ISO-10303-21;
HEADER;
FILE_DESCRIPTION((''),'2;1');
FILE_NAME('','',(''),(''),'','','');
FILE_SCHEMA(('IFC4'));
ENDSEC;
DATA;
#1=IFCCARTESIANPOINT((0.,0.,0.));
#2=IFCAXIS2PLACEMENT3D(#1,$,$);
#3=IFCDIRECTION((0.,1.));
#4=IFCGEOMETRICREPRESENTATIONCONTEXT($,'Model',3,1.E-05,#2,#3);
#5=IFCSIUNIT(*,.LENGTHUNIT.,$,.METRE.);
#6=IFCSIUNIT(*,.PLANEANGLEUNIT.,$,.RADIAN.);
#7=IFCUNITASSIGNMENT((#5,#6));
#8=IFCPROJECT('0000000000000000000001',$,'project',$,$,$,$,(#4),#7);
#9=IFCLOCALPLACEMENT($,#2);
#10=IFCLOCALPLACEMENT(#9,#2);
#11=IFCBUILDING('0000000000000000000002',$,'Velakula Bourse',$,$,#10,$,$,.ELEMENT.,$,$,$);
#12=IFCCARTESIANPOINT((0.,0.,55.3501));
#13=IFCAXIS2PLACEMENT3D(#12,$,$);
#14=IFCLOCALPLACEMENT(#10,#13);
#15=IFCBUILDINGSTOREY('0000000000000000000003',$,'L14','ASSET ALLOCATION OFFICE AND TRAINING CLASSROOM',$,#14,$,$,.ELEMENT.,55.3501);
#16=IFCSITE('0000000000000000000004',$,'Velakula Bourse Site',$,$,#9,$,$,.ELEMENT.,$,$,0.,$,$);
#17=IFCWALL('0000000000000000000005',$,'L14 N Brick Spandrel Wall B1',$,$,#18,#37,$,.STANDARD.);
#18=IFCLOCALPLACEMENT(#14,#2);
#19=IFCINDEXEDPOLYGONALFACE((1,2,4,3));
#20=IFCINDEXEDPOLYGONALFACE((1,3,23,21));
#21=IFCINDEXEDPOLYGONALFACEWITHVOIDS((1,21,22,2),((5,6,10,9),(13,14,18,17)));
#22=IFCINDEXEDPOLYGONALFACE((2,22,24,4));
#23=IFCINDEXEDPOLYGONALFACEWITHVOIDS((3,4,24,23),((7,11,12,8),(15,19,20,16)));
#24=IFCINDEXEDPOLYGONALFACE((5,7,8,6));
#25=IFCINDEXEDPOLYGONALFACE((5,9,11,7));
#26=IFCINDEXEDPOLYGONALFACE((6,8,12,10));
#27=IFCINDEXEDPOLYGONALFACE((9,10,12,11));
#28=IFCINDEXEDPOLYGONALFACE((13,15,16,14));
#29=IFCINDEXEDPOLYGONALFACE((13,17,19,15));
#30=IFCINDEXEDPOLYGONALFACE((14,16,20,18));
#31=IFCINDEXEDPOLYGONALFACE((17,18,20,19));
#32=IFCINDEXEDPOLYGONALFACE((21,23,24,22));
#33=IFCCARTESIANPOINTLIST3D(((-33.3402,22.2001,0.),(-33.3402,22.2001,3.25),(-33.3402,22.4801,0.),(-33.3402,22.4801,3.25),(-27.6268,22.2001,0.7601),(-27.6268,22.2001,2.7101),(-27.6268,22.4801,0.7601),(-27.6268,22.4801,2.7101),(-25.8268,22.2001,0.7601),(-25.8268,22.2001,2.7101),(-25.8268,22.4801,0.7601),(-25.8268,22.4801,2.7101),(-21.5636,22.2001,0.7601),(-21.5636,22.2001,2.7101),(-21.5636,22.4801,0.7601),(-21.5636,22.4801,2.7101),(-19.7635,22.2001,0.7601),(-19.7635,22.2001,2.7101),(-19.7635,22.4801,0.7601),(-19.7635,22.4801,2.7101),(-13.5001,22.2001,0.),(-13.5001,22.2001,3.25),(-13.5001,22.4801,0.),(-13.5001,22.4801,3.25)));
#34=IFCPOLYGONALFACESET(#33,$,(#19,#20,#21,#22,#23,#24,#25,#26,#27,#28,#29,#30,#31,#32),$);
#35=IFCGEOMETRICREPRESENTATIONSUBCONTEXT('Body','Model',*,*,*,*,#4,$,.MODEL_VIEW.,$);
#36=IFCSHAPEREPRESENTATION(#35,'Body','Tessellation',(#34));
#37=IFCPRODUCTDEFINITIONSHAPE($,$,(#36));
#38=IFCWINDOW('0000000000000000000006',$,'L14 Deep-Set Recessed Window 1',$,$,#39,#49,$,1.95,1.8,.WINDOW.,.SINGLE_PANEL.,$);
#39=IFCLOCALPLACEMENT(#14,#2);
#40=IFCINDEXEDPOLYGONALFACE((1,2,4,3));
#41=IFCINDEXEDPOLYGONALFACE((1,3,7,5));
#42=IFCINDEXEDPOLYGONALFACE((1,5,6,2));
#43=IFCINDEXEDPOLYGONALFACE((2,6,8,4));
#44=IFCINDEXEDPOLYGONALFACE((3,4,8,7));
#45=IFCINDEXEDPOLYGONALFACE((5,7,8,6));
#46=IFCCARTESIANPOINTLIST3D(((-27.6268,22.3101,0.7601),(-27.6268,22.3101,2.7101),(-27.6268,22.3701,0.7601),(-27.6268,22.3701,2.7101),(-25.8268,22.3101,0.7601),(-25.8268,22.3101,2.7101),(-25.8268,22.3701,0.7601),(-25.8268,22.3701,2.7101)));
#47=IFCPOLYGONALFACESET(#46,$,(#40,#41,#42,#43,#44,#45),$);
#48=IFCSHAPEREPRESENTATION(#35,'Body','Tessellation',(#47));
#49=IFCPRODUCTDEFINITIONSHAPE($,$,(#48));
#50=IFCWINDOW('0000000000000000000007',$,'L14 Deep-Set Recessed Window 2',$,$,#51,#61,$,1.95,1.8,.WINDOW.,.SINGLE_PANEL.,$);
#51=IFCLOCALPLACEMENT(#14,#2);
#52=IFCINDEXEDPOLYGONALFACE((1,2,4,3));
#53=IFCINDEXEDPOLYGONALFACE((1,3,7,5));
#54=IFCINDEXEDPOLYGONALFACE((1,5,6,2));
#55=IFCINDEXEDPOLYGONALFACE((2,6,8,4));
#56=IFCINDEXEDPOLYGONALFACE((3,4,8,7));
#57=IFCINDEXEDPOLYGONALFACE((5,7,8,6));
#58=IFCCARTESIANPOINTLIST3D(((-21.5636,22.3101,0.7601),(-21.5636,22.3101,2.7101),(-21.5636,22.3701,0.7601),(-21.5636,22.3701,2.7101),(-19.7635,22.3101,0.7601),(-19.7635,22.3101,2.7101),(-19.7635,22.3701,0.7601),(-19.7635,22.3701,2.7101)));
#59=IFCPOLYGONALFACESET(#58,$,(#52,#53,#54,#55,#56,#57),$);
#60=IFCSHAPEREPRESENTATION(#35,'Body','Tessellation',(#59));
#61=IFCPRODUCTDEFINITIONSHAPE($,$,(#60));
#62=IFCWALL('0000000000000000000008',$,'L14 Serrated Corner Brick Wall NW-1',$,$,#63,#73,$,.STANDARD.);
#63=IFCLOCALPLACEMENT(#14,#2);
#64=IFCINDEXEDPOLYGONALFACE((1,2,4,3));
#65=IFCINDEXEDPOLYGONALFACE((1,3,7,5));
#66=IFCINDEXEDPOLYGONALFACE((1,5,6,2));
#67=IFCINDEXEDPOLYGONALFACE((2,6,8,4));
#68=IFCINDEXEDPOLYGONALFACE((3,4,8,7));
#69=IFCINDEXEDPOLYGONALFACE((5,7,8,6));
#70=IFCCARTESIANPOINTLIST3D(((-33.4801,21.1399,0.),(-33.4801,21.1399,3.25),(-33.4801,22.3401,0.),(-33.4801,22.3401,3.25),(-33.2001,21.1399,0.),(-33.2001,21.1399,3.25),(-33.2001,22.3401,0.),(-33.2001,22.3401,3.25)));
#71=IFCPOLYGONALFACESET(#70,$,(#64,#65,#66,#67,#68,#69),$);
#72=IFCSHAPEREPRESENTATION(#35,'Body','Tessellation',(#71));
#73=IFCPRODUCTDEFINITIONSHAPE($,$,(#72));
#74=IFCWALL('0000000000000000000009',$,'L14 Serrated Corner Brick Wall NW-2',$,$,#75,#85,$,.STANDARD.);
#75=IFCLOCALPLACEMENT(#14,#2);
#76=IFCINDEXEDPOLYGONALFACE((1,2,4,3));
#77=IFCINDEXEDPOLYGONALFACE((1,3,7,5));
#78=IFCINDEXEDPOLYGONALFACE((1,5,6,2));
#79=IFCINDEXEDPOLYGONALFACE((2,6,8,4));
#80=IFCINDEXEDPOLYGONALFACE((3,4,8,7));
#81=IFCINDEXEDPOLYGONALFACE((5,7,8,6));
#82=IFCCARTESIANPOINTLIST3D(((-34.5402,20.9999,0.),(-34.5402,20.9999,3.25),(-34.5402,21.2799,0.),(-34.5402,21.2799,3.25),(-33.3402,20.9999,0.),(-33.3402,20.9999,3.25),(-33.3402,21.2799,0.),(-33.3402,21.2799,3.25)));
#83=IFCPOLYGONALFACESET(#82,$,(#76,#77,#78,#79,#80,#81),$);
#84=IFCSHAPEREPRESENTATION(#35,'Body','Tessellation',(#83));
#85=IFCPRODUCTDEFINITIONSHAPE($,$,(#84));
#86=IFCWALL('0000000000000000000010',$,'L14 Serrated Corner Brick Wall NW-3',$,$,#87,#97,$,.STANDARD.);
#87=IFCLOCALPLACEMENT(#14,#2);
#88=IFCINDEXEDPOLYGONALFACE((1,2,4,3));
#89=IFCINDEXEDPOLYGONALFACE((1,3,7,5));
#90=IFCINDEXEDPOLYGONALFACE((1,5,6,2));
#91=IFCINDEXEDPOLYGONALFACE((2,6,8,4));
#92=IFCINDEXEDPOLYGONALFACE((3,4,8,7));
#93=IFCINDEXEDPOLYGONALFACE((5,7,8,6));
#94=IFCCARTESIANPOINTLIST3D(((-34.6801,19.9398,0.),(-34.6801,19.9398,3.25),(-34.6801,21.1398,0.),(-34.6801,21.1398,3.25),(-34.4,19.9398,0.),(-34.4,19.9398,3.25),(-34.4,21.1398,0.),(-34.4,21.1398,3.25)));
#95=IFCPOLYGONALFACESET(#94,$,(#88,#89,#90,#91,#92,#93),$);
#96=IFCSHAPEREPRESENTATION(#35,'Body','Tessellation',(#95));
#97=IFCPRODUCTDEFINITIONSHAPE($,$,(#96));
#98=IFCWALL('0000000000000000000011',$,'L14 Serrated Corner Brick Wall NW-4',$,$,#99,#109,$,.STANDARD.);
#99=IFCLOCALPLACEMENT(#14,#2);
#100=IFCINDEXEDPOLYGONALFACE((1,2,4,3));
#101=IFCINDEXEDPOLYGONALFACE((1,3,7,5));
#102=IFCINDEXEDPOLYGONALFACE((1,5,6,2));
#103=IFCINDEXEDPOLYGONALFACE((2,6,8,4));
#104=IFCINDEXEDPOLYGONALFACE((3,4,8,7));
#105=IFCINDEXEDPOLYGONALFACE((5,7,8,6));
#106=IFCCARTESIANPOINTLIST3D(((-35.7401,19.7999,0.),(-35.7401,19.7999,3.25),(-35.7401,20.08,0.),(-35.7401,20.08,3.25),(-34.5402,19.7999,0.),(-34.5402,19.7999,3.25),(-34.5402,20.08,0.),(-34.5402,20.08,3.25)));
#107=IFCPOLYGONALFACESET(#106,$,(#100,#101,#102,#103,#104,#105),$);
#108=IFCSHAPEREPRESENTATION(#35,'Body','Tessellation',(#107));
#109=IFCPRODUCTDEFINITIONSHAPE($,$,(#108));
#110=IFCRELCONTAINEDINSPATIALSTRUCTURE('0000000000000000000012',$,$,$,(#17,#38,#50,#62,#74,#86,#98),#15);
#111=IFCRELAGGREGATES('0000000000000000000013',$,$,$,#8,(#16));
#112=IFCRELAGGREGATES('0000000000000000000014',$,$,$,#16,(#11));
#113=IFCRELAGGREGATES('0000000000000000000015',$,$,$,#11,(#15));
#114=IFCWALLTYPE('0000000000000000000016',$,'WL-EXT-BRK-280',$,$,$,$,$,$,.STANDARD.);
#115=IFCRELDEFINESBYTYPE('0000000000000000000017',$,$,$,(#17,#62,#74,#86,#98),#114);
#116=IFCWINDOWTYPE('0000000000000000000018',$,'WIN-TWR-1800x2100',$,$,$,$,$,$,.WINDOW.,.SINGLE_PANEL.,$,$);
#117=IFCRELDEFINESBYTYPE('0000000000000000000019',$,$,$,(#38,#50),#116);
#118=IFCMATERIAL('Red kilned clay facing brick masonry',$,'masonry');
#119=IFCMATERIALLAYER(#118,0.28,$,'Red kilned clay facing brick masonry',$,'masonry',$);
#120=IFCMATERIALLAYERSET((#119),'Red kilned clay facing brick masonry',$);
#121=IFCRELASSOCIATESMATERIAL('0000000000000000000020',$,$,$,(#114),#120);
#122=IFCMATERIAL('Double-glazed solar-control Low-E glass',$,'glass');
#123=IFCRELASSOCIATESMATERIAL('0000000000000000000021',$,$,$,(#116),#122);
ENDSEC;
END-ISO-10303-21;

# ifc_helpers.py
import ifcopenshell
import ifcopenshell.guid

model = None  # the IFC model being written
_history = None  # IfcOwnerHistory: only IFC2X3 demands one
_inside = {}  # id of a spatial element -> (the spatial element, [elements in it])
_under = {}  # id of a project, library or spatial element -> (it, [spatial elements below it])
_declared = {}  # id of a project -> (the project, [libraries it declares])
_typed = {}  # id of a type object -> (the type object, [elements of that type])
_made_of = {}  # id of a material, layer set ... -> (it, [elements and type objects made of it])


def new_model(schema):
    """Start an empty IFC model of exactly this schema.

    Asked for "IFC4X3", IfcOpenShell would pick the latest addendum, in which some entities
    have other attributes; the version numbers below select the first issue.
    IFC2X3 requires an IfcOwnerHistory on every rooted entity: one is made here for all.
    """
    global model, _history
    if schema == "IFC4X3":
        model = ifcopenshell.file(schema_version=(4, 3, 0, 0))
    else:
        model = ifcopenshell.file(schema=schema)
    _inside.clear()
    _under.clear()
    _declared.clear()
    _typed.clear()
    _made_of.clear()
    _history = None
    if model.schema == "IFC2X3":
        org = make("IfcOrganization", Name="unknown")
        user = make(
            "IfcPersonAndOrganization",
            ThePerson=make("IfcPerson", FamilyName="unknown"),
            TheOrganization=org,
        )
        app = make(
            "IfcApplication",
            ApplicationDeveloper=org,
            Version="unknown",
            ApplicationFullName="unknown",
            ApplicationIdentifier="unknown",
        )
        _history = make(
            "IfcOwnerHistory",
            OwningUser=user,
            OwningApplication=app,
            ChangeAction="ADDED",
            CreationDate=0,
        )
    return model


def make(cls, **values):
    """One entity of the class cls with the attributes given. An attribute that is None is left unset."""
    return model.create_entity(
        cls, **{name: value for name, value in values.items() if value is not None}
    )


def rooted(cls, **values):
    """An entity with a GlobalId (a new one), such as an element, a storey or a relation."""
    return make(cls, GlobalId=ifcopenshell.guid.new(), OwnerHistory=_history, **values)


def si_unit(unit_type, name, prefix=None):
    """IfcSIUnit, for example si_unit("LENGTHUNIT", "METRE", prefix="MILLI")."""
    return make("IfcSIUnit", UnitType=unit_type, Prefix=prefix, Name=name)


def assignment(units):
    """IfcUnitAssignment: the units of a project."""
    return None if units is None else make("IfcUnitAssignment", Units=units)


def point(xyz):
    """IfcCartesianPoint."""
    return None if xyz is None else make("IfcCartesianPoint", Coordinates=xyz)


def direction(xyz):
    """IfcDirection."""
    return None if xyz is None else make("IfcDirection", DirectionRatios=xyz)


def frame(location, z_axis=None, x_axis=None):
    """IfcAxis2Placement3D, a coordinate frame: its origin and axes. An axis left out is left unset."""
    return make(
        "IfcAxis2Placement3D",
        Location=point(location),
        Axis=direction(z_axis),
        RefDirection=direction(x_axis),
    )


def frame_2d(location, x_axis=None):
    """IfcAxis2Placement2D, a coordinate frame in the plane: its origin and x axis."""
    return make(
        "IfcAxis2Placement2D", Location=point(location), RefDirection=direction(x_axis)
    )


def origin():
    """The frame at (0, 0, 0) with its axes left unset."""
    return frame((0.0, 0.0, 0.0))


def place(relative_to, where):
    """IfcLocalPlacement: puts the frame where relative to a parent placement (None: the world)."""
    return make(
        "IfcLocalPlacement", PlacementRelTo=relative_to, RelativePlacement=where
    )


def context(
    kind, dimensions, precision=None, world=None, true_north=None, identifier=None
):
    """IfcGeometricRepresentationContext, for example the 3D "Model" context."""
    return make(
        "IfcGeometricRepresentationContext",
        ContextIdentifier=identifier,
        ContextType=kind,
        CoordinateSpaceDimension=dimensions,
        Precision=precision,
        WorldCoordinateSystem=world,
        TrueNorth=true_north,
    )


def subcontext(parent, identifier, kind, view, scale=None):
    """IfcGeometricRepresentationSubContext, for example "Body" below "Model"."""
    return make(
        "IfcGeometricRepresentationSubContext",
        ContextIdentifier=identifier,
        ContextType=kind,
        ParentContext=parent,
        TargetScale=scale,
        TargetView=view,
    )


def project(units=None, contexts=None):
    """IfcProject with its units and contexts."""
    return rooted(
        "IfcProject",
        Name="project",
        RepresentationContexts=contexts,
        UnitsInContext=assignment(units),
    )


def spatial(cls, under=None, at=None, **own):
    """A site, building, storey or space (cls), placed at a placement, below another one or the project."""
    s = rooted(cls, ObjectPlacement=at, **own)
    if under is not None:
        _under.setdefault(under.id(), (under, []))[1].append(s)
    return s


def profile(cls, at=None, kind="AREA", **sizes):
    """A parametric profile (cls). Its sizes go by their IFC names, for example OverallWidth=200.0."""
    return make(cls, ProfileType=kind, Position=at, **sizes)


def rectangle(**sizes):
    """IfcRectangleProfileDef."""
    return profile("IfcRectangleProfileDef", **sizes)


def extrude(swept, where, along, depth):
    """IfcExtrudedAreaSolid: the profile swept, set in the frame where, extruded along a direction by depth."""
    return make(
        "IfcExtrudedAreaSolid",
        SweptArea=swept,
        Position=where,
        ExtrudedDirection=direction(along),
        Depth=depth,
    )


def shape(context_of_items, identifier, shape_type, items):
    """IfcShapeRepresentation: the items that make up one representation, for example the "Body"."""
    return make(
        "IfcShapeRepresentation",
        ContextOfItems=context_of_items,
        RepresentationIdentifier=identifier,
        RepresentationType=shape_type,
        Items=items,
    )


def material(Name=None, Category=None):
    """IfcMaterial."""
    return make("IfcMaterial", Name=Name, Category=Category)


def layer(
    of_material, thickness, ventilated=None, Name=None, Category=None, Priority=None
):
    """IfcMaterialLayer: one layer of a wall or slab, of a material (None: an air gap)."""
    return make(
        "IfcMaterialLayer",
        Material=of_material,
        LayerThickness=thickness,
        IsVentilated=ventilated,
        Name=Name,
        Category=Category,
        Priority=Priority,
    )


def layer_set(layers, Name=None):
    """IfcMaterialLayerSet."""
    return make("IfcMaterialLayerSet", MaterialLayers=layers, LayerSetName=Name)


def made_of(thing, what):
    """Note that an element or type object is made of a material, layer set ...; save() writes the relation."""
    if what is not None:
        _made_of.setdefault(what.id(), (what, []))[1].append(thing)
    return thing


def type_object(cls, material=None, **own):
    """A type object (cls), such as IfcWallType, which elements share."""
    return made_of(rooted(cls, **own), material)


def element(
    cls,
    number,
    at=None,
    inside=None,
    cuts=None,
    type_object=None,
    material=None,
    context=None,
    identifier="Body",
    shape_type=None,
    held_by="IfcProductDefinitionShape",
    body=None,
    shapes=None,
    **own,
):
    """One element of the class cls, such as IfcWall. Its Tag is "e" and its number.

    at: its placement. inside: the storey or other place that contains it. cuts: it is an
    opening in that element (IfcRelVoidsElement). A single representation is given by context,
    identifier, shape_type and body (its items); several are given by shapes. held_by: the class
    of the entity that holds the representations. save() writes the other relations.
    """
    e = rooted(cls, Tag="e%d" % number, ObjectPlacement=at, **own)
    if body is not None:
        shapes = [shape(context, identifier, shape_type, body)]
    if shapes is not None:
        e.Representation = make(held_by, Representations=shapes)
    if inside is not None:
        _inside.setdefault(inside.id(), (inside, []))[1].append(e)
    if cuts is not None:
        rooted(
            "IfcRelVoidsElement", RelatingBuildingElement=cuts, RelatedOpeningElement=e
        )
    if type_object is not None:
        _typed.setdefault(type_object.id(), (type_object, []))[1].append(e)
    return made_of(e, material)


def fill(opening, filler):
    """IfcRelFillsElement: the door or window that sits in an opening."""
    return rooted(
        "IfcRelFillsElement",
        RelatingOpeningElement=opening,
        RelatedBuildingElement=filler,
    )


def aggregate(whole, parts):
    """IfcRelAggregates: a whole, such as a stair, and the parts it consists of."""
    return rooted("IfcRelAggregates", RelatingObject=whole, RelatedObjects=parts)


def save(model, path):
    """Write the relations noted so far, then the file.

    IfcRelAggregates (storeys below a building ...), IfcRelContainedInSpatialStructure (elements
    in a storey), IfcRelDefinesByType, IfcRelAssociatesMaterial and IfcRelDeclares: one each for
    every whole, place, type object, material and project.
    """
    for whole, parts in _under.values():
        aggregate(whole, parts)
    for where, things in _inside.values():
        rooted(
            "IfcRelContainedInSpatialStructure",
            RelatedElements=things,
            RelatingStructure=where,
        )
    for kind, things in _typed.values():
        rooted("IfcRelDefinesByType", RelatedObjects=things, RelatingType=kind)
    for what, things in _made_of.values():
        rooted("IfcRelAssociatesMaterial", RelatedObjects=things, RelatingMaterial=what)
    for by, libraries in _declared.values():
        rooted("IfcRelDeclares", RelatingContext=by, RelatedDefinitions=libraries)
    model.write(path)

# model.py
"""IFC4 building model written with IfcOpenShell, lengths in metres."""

from ifc_helpers import new_model, si_unit, direction, frame, frame_2d, origin, place, context, subcontext, project, spatial, rectangle, extrude, material, layer, layer_set, type_object, element, fill, save


model = new_model("IFC4")

# Units and contexts
model_context = context("Model", 3, precision=1e-05, world=origin(), true_north=direction((0.0, 1.0)))
body_context = subcontext(model_context, "Body", "Model", "MODEL_VIEW")
ifc_project = project(units=[si_unit("LENGTHUNIT", "METRE"), si_unit("PLANEANGLEUNIT", "RADIAN")], contexts=[model_context])

# Site, building, storey
site_placement = place(None, origin())
site = spatial("IfcSite", under=ifc_project, at=site_placement, Name="Velakula Bourse Site", CompositionType="ELEMENT", RefElevation=0.0)
building_placement = place(site_placement, origin())
building = spatial("IfcBuilding", under=site, at=building_placement, Name="Velakula Bourse", CompositionType="ELEMENT")
storey_placement = place(building_placement, frame((0.0, 0.0, 55.3501)))
storey = spatial("IfcBuildingStorey", under=building, at=storey_placement, Name="L14", Description="ASSET ALLOCATION OFFICE AND TRAINING CLASSROOM", CompositionType="ELEMENT", Elevation=55.3501)

# Wall, openings, windows
ifc_material_1 = material(Name="Red kilned clay facing brick masonry", Category="masonry")
ifc_layer_1 = layer(ifc_material_1, 0.28, Name="Red kilned clay facing brick masonry", Category="masonry")
ifc_layer_set_1 = layer_set([ifc_layer_1], Name="Red kilned clay facing brick masonry")
wall_type_1 = type_object("IfcWallType", Name="WL-EXT-BRK-280", PredefinedType="STANDARD", material=ifc_layer_set_1)
wall_1_placement = place(storey_placement, frame((-33.3401, 22.3401, 0.0), z_axis=(0.0, 0.0, 1.0), x_axis=(1.0, 0.0, 0.0)))
wall_1 = element("IfcWall", 1, at=wall_1_placement, inside=storey, type_object=wall_type_1, Name="L14 N Brick Spandrel Wall B1", PredefinedType="STANDARD", context=body_context, shape_type="SweptSolid", body=[
    extrude(rectangle(XDim=19.8401, YDim=0.28, at=frame_2d((9.9199, 0.0))), origin(), (0.0, 0.0, 1.0), 3.25),
])
opening_1_placement = place(wall_1_placement, frame((5.7134, 0.0, 0.76)))
opening_1 = element("IfcOpeningElement", 2, at=opening_1_placement, cuts=wall_1, PredefinedType="OPENING", context=body_context, shape_type="SweptSolid", body=[
    extrude(rectangle(XDim=1.8, YDim=1.95, at=frame_2d((0.8999, 0.9751))), frame((0.0, 0.1499, 0.0), z_axis=(0.0, -1.0, 0.0), x_axis=(1.0, 0.0, 0.0)), (0.0, 0.0, 1.0), 0.3),
])
opening_2_placement = place(wall_1_placement, frame((11.7766, 0.0, 0.76)))
opening_2 = element("IfcOpeningElement", 3, at=opening_2_placement, cuts=wall_1, PredefinedType="OPENING", context=body_context, shape_type="SweptSolid", body=[
    extrude(rectangle(XDim=1.8, YDim=1.95, at=frame_2d((0.8999, 0.9751))), frame((0.0, 0.1499, 0.0), z_axis=(0.0, -1.0, 0.0), x_axis=(1.0, 0.0, 0.0)), (0.0, 0.0, 1.0), 0.3),
])
ifc_material_2 = material(Name="Double-glazed solar-control Low-E glass", Category="glass")
window_type = type_object("IfcWindowType", Name="WIN-TWR-1800x2100", PartitioningType="SINGLE_PANEL", PredefinedType="WINDOW", material=ifc_material_2)
window_1_placement = place(opening_1_placement, origin())
window_1 = element("IfcWindow", 4, at=window_1_placement, inside=storey, type_object=window_type, Name="L14 Deep-Set Recessed Window 1", OverallHeight=1.95, OverallWidth=1.8, PartitioningType="SINGLE_PANEL", PredefinedType="WINDOW", context=body_context, shape_type="SweptSolid", body=[
    extrude(rectangle(XDim=1.8, YDim=1.95, at=frame_2d((0.8999, 0.9751))), frame((0.0, 0.03, 0.0), z_axis=(0.0, -1.0, 0.0), x_axis=(1.0, 0.0, 0.0)), (0.0, 0.0, 1.0), 0.0601),
])
fill(opening_1, window_1)
window_2_placement = place(opening_2_placement, origin())
window_2 = element("IfcWindow", 5, at=window_2_placement, inside=storey, type_object=window_type, Name="L14 Deep-Set Recessed Window 2", OverallHeight=1.95, OverallWidth=1.8, PartitioningType="SINGLE_PANEL", PredefinedType="WINDOW", context=body_context, shape_type="SweptSolid", body=[
    extrude(rectangle(XDim=1.8, YDim=1.95, at=frame_2d((0.8999, 0.9751))), frame((0.0, 0.03, 0.0), z_axis=(0.0, -1.0, 0.0), x_axis=(1.0, 0.0, 0.0)), (0.0, 0.0, 1.0), 0.0601),
])
fill(opening_2, window_2)

# Walls
wall_2_placement = place(storey_placement, frame((-33.3401, 22.3401, 0.0), z_axis=(0.0, 0.0, 1.0), x_axis=(0.0, -1.0, 0.0)))
element("IfcWall", 6, at=wall_2_placement, inside=storey, type_object=wall_type_1, Name="L14 Serrated Corner Brick Wall NW-1", PredefinedType="STANDARD", context=body_context, shape_type="SweptSolid", body=[
    extrude(rectangle(XDim=1.2002, YDim=0.28, at=frame_2d((0.6001, 0.0))), origin(), (0.0, 0.0, 1.0), 3.25),
])
for number, where, z_axis, x_axis, name in (
    (7, (-33.3401, 21.1399, 0.0), (0.0, 0.0, 1.0), (-1.0, 0.0, 0.0), "L14 Serrated Corner Brick Wall NW-2"),
    (8, (-34.54, 21.1399, 0.0), (0.0, 0.0, 1.0), (0.0, -1.0, 0.0), "L14 Serrated Corner Brick Wall NW-3"),
    (9, (-34.54, 19.9399, 0.0), (0.0, 0.0, 1.0), (-1.0, 0.0, 0.0), "L14 Serrated Corner Brick Wall NW-4"),
):
    element("IfcWall", number, at=place(storey_placement, frame(where, z_axis=z_axis, x_axis=x_axis)), inside=storey, type_object=wall_type_1, Name=name, PredefinedType="STANDARD", context=body_context, shape_type="SweptSolid", body=[
        extrude(rectangle(XDim=1.2, YDim=0.28, at=frame_2d((0.6001, 0.0))), origin(), (0.0, 0.0, 1.0), 3.25),
    ])

save(model, "model.ifc")
